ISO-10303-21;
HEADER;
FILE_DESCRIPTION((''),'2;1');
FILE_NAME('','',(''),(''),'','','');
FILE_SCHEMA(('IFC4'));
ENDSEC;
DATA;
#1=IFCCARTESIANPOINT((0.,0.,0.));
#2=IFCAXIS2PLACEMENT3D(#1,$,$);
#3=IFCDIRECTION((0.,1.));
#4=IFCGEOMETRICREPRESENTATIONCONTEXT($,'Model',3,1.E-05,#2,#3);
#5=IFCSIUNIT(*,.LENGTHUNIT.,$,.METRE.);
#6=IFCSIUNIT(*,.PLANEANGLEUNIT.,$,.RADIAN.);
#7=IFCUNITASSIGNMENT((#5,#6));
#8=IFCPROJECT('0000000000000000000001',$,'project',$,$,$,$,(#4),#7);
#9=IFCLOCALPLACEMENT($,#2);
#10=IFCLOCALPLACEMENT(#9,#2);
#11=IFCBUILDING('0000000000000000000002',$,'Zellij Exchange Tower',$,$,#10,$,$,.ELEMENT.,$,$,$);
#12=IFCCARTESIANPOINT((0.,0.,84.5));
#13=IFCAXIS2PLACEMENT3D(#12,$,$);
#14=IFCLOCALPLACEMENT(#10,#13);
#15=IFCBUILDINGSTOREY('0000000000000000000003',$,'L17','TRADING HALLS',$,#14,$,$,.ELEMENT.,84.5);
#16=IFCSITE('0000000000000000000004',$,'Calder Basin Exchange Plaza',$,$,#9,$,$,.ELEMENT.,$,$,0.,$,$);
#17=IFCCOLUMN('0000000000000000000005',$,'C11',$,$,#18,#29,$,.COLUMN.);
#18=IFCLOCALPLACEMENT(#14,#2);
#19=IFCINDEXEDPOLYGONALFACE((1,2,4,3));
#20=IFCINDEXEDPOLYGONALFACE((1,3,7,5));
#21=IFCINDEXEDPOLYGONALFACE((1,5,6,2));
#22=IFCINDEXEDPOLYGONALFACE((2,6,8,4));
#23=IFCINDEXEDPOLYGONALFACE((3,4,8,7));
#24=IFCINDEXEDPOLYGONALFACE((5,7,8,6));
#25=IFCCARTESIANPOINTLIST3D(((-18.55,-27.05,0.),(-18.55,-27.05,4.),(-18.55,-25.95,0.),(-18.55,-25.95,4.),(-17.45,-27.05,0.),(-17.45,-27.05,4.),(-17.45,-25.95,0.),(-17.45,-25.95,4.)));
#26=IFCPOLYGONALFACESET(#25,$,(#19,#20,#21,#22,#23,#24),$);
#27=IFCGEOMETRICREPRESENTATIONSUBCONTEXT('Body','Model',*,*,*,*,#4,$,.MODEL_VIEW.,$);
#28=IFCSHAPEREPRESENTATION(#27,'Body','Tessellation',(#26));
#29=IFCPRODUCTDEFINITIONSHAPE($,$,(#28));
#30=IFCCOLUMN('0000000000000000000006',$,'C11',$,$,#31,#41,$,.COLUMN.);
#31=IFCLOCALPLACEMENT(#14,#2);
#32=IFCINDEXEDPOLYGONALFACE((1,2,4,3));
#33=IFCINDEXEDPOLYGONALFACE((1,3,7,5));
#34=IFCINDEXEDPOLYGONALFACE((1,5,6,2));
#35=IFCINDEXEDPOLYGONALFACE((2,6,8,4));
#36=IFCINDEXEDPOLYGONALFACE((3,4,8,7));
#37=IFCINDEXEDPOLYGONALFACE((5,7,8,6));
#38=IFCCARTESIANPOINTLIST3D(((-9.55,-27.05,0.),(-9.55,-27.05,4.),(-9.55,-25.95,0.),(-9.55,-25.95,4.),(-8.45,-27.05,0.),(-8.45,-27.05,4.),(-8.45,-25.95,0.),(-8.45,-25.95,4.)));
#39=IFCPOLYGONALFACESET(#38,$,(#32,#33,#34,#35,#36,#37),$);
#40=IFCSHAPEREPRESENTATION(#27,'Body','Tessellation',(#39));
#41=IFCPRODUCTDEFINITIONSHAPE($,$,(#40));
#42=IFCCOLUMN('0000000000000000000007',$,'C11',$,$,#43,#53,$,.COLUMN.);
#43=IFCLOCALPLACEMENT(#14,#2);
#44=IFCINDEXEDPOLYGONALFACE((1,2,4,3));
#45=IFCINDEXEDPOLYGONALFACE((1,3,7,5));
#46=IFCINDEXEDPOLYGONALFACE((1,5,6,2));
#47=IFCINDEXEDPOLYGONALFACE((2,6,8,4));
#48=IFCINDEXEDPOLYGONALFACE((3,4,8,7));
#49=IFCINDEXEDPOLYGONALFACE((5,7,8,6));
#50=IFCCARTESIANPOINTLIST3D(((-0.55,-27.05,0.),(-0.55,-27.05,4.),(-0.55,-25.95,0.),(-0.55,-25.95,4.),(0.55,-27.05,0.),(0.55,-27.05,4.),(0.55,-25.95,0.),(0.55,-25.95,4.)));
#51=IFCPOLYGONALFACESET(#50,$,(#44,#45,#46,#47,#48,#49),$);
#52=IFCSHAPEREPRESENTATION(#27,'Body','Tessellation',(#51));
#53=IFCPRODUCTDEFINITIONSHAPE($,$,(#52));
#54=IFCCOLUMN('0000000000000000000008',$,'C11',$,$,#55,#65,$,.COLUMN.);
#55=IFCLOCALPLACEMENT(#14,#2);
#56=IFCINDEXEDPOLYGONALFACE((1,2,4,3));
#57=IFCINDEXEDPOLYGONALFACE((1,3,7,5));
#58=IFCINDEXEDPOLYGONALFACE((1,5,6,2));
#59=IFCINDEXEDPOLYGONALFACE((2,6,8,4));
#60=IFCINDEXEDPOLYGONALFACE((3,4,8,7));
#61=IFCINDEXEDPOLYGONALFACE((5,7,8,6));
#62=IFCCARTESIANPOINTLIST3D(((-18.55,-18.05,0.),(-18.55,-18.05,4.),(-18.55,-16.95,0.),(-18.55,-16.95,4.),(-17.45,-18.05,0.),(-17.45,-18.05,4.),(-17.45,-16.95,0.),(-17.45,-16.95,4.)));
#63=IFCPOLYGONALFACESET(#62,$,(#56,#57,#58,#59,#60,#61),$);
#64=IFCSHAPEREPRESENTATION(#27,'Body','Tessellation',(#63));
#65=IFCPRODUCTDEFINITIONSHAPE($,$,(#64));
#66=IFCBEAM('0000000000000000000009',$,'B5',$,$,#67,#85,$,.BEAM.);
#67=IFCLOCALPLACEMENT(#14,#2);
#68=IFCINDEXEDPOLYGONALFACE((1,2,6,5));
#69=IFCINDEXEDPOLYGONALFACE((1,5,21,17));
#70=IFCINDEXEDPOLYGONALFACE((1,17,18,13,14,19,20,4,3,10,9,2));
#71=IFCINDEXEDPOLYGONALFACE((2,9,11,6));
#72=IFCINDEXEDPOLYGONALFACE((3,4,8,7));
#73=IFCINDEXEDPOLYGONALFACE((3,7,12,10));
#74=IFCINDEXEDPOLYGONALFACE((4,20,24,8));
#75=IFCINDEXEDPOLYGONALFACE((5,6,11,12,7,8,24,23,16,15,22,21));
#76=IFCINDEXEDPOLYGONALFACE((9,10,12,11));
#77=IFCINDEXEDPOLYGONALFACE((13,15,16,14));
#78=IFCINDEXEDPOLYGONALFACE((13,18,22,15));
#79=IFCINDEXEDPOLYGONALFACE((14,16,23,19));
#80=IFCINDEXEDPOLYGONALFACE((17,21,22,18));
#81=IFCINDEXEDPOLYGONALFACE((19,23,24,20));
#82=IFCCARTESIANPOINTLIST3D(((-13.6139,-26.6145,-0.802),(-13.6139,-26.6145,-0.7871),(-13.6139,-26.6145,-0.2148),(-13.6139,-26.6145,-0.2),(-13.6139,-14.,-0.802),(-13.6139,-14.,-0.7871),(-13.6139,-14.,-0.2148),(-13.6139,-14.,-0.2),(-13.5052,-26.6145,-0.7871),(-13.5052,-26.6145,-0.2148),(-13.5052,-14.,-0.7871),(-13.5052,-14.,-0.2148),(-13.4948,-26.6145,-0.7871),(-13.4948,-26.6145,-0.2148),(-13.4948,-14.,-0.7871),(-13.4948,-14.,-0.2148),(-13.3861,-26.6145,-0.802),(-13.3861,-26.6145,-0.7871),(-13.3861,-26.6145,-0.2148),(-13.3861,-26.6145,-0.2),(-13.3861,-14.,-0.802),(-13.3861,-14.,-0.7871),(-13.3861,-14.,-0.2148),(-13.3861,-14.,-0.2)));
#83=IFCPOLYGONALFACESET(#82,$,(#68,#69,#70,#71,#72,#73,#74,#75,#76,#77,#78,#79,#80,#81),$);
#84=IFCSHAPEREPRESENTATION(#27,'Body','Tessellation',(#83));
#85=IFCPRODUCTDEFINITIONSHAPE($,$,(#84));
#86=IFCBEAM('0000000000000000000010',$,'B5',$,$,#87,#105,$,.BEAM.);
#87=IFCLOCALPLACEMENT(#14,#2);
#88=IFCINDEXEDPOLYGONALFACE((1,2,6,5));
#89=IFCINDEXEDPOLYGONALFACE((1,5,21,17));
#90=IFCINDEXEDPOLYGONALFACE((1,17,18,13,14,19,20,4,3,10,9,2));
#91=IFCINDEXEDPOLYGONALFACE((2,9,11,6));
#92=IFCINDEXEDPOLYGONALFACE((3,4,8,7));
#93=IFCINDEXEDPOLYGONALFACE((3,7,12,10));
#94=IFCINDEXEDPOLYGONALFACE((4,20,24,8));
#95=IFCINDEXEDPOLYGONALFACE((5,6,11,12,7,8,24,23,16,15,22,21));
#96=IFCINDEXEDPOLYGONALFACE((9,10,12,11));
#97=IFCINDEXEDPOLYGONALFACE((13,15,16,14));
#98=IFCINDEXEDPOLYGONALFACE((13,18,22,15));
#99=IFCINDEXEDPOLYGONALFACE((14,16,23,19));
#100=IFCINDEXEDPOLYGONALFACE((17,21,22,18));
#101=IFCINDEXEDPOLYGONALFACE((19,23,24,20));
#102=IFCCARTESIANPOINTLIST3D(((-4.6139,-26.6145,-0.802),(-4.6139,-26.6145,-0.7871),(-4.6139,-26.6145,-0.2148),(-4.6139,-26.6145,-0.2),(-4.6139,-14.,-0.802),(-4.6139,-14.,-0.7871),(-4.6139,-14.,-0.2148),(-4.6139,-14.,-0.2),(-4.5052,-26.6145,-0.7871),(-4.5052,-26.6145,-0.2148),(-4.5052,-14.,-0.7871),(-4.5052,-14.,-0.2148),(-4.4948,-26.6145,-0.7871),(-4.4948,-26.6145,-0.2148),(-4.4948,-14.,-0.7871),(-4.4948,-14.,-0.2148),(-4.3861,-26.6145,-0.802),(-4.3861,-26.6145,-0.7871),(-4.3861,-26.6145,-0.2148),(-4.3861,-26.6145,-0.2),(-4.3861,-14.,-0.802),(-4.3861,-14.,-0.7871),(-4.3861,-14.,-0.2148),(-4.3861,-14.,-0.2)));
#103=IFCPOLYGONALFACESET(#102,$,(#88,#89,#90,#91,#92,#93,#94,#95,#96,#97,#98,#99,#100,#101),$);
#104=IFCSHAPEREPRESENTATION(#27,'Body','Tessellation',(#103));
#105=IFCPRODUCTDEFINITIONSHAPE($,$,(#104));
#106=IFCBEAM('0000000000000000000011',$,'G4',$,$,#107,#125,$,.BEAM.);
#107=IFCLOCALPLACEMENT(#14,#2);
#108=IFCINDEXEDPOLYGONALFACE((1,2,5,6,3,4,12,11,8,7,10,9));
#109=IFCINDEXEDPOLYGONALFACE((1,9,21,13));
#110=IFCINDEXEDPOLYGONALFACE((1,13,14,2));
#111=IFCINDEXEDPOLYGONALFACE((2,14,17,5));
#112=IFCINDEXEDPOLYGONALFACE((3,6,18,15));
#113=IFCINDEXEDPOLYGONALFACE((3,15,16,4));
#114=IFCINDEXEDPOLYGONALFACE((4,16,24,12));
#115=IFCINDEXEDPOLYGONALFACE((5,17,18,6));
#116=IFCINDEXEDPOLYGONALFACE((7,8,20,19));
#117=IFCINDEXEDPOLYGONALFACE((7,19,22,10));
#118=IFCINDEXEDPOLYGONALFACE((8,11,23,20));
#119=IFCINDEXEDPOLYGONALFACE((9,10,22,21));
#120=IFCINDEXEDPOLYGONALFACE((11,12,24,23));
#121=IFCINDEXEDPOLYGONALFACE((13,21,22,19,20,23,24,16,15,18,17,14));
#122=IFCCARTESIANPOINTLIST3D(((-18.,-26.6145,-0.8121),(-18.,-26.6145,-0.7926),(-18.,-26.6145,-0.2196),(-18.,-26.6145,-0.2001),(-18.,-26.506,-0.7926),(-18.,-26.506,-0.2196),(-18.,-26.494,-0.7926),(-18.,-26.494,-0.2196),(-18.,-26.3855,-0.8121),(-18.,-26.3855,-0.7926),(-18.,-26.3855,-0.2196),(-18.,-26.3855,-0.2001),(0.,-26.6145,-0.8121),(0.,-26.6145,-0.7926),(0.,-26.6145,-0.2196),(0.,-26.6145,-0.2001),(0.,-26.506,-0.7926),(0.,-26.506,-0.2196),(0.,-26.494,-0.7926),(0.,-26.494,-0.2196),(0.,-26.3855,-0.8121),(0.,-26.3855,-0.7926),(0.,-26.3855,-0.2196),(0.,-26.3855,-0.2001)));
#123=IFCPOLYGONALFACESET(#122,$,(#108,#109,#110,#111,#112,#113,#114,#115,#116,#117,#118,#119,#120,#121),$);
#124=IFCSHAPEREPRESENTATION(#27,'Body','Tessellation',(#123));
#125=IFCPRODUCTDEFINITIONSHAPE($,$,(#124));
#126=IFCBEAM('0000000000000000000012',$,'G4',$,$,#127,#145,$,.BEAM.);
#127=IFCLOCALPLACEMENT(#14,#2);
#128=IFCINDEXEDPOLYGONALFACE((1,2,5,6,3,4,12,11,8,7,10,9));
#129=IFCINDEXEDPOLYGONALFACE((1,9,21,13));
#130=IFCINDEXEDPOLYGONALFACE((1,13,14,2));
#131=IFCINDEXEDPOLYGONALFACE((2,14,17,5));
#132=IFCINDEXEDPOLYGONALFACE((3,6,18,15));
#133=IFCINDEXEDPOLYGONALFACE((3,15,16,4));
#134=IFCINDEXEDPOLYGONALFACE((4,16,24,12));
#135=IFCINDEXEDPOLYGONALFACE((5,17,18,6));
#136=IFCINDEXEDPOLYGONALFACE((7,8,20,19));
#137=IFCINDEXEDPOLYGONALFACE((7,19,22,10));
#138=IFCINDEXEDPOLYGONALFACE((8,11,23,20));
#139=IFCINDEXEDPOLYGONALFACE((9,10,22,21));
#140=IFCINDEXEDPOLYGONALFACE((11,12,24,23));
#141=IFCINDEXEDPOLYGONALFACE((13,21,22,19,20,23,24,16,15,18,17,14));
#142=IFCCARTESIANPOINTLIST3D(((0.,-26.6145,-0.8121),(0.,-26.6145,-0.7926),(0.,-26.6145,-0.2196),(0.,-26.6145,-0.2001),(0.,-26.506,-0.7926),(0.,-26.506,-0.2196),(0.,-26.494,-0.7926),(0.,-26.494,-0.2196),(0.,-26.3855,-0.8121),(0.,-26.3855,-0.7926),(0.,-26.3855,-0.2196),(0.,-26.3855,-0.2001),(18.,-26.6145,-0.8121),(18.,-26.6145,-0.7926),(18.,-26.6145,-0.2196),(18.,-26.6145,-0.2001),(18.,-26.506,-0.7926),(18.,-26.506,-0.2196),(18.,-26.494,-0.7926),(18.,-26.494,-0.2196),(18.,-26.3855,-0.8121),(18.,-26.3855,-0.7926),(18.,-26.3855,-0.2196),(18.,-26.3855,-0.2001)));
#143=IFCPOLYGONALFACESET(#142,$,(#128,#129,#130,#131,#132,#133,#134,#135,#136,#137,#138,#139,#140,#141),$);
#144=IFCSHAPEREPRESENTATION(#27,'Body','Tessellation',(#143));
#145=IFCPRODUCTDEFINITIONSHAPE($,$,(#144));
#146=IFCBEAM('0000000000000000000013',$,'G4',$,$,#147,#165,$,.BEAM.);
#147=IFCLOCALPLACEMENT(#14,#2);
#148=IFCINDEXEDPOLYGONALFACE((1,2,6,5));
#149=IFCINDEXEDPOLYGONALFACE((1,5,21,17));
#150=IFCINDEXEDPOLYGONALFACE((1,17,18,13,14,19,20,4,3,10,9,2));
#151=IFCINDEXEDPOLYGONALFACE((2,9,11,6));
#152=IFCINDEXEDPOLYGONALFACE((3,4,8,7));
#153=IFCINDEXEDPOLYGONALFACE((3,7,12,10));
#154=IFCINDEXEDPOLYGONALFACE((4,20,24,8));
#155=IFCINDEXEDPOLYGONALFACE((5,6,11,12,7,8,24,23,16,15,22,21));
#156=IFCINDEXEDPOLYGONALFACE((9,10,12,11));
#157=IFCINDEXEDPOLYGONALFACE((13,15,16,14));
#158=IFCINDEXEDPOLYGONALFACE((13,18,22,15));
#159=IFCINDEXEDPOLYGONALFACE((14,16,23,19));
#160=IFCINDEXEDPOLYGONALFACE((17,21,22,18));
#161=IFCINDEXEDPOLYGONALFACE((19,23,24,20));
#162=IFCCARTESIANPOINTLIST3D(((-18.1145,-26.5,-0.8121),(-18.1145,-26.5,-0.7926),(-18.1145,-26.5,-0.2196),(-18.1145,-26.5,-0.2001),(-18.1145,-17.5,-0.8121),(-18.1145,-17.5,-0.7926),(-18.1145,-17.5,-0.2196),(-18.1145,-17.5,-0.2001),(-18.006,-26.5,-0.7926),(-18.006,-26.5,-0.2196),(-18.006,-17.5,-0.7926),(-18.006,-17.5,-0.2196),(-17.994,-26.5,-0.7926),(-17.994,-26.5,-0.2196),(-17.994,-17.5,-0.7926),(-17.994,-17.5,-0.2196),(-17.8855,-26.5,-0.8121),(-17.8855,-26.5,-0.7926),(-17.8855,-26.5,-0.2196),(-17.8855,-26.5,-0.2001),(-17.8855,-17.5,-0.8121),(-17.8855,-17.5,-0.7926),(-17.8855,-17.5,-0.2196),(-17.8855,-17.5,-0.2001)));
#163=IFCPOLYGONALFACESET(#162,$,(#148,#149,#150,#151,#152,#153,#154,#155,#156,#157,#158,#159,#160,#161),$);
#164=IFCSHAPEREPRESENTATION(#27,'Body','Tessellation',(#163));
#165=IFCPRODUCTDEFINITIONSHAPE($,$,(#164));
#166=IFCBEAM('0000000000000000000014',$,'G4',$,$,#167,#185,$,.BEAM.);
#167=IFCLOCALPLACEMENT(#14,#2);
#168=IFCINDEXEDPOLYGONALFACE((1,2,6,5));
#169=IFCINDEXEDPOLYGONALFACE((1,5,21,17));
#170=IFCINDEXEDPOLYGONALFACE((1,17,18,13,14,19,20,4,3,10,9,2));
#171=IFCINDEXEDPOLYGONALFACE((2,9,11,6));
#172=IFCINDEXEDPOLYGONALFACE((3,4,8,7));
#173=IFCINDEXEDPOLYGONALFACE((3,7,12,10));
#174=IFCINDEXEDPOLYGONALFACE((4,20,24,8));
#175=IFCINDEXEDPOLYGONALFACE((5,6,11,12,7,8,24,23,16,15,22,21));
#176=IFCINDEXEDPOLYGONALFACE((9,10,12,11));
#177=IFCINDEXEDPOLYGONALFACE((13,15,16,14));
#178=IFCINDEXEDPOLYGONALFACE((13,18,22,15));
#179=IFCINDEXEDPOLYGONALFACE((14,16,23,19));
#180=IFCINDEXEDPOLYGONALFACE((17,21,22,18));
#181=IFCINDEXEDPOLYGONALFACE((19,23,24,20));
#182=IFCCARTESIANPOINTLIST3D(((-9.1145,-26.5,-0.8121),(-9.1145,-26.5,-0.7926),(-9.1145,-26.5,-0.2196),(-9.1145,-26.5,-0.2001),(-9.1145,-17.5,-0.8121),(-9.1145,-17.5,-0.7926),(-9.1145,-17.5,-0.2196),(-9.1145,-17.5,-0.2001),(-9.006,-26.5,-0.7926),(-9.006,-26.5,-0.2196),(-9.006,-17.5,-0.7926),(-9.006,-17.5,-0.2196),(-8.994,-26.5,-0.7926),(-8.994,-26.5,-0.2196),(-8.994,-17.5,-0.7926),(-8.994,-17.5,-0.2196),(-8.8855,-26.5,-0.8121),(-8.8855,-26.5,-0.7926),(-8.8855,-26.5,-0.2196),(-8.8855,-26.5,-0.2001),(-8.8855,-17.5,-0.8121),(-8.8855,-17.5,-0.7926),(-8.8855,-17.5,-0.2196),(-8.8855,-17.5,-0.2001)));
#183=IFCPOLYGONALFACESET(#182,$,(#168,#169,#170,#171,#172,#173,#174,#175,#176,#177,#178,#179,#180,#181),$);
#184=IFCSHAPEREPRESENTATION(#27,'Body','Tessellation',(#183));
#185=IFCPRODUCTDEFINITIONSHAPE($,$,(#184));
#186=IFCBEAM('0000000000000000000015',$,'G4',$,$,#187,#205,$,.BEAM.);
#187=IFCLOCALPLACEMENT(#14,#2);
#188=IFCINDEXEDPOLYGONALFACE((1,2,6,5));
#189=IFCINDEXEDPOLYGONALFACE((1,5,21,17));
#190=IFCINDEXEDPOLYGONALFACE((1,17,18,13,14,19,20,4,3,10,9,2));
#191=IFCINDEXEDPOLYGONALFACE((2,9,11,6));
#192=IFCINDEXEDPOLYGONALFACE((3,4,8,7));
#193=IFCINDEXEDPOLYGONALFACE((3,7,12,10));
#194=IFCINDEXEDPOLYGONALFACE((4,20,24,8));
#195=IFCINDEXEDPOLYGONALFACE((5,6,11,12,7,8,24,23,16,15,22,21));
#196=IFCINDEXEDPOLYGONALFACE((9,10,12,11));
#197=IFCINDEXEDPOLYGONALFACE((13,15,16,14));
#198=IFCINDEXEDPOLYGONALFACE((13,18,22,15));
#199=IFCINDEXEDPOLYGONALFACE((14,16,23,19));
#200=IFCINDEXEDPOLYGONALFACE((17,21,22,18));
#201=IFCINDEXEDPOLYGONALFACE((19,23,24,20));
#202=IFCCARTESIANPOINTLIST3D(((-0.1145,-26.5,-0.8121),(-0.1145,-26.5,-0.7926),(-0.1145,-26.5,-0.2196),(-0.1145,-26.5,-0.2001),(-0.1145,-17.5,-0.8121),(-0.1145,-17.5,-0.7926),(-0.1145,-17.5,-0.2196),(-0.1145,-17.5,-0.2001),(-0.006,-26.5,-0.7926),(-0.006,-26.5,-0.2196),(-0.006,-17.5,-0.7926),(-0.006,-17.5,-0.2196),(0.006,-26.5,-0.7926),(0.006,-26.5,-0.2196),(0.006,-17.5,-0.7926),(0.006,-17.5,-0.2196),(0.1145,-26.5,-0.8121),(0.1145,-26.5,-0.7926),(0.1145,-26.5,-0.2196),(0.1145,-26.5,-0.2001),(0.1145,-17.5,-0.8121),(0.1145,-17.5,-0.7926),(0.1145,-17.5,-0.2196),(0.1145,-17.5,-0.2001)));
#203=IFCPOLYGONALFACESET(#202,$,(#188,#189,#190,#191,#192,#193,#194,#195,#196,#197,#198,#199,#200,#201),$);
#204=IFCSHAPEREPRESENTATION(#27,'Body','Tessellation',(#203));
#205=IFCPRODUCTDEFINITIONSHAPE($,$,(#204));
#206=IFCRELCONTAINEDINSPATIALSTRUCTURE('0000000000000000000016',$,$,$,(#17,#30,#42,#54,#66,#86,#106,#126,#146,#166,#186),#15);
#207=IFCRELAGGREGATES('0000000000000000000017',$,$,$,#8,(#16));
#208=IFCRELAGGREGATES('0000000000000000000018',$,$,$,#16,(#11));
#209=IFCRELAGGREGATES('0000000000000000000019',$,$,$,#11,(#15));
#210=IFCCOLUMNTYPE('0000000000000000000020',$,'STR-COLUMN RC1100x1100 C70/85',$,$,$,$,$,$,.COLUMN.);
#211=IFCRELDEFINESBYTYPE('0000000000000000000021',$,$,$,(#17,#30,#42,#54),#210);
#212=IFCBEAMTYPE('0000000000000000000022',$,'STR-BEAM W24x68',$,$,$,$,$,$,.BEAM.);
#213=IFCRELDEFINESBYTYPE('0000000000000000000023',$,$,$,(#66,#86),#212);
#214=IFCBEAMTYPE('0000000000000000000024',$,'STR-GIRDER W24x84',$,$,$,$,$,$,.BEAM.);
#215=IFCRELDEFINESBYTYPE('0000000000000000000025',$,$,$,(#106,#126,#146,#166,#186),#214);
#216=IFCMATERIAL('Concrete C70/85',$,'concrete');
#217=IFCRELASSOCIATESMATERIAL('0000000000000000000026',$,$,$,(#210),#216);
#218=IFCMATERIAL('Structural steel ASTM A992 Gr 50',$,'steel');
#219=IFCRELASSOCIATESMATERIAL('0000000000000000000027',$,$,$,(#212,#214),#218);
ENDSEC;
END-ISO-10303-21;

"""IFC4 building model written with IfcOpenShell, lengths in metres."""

from ifc_helpers import new_model, si_unit, direction, frame, origin, origin_2d, place, context, subcontext, project, spatial, rectangle, i_section, extrude, material, material_profile, profile_set, type_object, element, save


model = new_model("IFC4")

# Units and contexts
model_context = context("Model", 3, precision=1e-05, world=origin(), true_north=direction((0.0, 1.0)))
body_context = subcontext(model_context, "Body", "Model", "MODEL_VIEW")
ifc_project = project(units=[si_unit("LENGTHUNIT", "METRE"), si_unit("PLANEANGLEUNIT", "RADIAN")], contexts=[model_context])

# Site, building, storey
site_placement = place(None, origin())
site = spatial("IfcSite", under=ifc_project, at=site_placement, Name="Calder Basin Exchange Plaza", CompositionType="ELEMENT", RefElevation=0.0)
building_placement = place(site_placement, origin())
building = spatial("IfcBuilding", under=site, at=building_placement, Name="Zellij Exchange Tower", CompositionType="ELEMENT")
storey_placement = place(building_placement, frame((0.0, 0.0, 84.5)))
storey = spatial("IfcBuildingStorey", under=building, at=storey_placement, Name="L17", Description="TRADING HALLS", CompositionType="ELEMENT", Elevation=84.5)

# Columns
ifc_material_1 = material(Name="Concrete C70/85", Category="concrete")
ifc_material_profile_1 = material_profile(ifc_material_1, rectangle(XDim=1.1001, YDim=1.1001, at=origin_2d()), Name="STR-COLUMN RC1100x1100 C70/85")
ifc_profile_set_1 = profile_set([ifc_material_profile_1], Name="Concrete C70/85")
column_type = type_object("IfcColumnType", Name="STR-COLUMN RC1100x1100 C70/85", PredefinedType="COLUMN", material=ifc_profile_set_1)
for number, where, z_axis, x_axis, name in (
    (1, (-18.0, -26.5, 0.0), (0.0, 0.0, 1.0), (1.0, 0.0, 0.0), "C11"),
    (2, (-9.0, -26.5, 0.0), (0.0, 0.0, 1.0), (1.0, 0.0, 0.0), "C11"),
    (3, (0.0, -26.5, 0.0), (0.0, 0.0, 1.0), (1.0, 0.0, 0.0), "C11"),
    (4, (-18.0, -17.5, 0.0), (0.0, 0.0, 1.0), (1.0, 0.0, 0.0), "C11"),
):
    element("IfcColumn", number, at=place(storey_placement, frame(where, z_axis=z_axis, x_axis=x_axis)), inside=storey, type_object=column_type, Name=name, PredefinedType="COLUMN", context=body_context, shape_type="SweptSolid", body=[
        extrude(rectangle(XDim=1.1001, YDim=1.1001, at=origin_2d()), origin(), (0.0, 0.0, 1.0), 4.0),
    ])

# Beams
ifc_material_2 = material(Name="Structural steel ASTM A992 Gr 50", Category="steel")
ifc_material_profile_2 = material_profile(ifc_material_2, i_section(OverallWidth=0.2278, OverallDepth=0.6021, WebThickness=0.0105, FlangeThickness=0.0149, at=origin_2d()), Name="W24x68")
ifc_profile_set_2 = profile_set([ifc_material_profile_2], Name="Structural steel ASTM A992 Gr 50")
beam_type_1 = type_object("IfcBeamType", Name="STR-BEAM W24x68", PredefinedType="BEAM", material=ifc_profile_set_2)
for number, where, z_axis, x_axis, name in (
    (5, (-13.5, -26.6145, -0.501), (0.0, 1.0, 0.0), (-1.0, 0.0, 0.0), "B5"),
    (6, (-4.5, -26.6145, -0.501), (0.0, 1.0, 0.0), (-1.0, 0.0, 0.0), "B5"),
):
    element("IfcBeam", number, at=place(storey_placement, frame(where, z_axis=z_axis, x_axis=x_axis)), inside=storey, type_object=beam_type_1, Name=name, PredefinedType="BEAM", context=body_context, shape_type="SweptSolid", body=[
        extrude(i_section(OverallWidth=0.2278, OverallDepth=0.6021, WebThickness=0.0105, FlangeThickness=0.0149, at=origin_2d()), origin(), (0.0, 0.0, 1.0), 12.6145),
    ])
ifc_material_profile_3 = material_profile(ifc_material_2, i_section(OverallWidth=0.229, OverallDepth=0.6121, WebThickness=0.012, FlangeThickness=0.0195, at=origin_2d()), Name="W24x84")
ifc_profile_set_3 = profile_set([ifc_material_profile_3], Name="Structural steel ASTM A992 Gr 50")
beam_type_2 = type_object("IfcBeamType", Name="STR-GIRDER W24x84", PredefinedType="BEAM", material=ifc_profile_set_3)
for number, where, z_axis, x_axis, name in (
    (7, (-18.0, -26.5, -0.5061), (1.0, 0.0, 0.0), (0.0, 1.0, 0.0), "G4"),
    (8, (0.0, -26.5, -0.5061), (1.0, 0.0, 0.0), (0.0, 1.0, 0.0), "G4"),
):
    element("IfcBeam", number, at=place(storey_placement, frame(where, z_axis=z_axis, x_axis=x_axis)), inside=storey, type_object=beam_type_2, Name=name, PredefinedType="BEAM", context=body_context, shape_type="SweptSolid", body=[
        extrude(i_section(OverallWidth=0.229, OverallDepth=0.6121, WebThickness=0.012, FlangeThickness=0.0195, at=origin_2d()), origin(), (0.0, 0.0, 1.0), 18.0),
    ])
for number, where, z_axis, x_axis, name in (
    (9, (-18.0, -26.5, -0.5061), (0.0, 1.0, 0.0), (-1.0, 0.0, 0.0), "G4"),
    (10, (-9.0, -26.5, -0.5061), (0.0, 1.0, 0.0), (-1.0, 0.0, 0.0), "G4"),
    (11, (0.0, -26.5, -0.5061), (0.0, 1.0, 0.0), (-1.0, 0.0, 0.0), "G4"),
):
    element("IfcBeam", number, at=place(storey_placement, frame(where, z_axis=z_axis, x_axis=x_axis)), inside=storey, type_object=beam_type_2, Name=name, PredefinedType="BEAM", context=body_context, shape_type="SweptSolid", body=[
        extrude(i_section(OverallWidth=0.229, OverallDepth=0.6121, WebThickness=0.012, FlangeThickness=0.0195, at=origin_2d()), origin(), (0.0, 0.0, 1.0), 9.0),
    ])

save(model, "model.ifc")
